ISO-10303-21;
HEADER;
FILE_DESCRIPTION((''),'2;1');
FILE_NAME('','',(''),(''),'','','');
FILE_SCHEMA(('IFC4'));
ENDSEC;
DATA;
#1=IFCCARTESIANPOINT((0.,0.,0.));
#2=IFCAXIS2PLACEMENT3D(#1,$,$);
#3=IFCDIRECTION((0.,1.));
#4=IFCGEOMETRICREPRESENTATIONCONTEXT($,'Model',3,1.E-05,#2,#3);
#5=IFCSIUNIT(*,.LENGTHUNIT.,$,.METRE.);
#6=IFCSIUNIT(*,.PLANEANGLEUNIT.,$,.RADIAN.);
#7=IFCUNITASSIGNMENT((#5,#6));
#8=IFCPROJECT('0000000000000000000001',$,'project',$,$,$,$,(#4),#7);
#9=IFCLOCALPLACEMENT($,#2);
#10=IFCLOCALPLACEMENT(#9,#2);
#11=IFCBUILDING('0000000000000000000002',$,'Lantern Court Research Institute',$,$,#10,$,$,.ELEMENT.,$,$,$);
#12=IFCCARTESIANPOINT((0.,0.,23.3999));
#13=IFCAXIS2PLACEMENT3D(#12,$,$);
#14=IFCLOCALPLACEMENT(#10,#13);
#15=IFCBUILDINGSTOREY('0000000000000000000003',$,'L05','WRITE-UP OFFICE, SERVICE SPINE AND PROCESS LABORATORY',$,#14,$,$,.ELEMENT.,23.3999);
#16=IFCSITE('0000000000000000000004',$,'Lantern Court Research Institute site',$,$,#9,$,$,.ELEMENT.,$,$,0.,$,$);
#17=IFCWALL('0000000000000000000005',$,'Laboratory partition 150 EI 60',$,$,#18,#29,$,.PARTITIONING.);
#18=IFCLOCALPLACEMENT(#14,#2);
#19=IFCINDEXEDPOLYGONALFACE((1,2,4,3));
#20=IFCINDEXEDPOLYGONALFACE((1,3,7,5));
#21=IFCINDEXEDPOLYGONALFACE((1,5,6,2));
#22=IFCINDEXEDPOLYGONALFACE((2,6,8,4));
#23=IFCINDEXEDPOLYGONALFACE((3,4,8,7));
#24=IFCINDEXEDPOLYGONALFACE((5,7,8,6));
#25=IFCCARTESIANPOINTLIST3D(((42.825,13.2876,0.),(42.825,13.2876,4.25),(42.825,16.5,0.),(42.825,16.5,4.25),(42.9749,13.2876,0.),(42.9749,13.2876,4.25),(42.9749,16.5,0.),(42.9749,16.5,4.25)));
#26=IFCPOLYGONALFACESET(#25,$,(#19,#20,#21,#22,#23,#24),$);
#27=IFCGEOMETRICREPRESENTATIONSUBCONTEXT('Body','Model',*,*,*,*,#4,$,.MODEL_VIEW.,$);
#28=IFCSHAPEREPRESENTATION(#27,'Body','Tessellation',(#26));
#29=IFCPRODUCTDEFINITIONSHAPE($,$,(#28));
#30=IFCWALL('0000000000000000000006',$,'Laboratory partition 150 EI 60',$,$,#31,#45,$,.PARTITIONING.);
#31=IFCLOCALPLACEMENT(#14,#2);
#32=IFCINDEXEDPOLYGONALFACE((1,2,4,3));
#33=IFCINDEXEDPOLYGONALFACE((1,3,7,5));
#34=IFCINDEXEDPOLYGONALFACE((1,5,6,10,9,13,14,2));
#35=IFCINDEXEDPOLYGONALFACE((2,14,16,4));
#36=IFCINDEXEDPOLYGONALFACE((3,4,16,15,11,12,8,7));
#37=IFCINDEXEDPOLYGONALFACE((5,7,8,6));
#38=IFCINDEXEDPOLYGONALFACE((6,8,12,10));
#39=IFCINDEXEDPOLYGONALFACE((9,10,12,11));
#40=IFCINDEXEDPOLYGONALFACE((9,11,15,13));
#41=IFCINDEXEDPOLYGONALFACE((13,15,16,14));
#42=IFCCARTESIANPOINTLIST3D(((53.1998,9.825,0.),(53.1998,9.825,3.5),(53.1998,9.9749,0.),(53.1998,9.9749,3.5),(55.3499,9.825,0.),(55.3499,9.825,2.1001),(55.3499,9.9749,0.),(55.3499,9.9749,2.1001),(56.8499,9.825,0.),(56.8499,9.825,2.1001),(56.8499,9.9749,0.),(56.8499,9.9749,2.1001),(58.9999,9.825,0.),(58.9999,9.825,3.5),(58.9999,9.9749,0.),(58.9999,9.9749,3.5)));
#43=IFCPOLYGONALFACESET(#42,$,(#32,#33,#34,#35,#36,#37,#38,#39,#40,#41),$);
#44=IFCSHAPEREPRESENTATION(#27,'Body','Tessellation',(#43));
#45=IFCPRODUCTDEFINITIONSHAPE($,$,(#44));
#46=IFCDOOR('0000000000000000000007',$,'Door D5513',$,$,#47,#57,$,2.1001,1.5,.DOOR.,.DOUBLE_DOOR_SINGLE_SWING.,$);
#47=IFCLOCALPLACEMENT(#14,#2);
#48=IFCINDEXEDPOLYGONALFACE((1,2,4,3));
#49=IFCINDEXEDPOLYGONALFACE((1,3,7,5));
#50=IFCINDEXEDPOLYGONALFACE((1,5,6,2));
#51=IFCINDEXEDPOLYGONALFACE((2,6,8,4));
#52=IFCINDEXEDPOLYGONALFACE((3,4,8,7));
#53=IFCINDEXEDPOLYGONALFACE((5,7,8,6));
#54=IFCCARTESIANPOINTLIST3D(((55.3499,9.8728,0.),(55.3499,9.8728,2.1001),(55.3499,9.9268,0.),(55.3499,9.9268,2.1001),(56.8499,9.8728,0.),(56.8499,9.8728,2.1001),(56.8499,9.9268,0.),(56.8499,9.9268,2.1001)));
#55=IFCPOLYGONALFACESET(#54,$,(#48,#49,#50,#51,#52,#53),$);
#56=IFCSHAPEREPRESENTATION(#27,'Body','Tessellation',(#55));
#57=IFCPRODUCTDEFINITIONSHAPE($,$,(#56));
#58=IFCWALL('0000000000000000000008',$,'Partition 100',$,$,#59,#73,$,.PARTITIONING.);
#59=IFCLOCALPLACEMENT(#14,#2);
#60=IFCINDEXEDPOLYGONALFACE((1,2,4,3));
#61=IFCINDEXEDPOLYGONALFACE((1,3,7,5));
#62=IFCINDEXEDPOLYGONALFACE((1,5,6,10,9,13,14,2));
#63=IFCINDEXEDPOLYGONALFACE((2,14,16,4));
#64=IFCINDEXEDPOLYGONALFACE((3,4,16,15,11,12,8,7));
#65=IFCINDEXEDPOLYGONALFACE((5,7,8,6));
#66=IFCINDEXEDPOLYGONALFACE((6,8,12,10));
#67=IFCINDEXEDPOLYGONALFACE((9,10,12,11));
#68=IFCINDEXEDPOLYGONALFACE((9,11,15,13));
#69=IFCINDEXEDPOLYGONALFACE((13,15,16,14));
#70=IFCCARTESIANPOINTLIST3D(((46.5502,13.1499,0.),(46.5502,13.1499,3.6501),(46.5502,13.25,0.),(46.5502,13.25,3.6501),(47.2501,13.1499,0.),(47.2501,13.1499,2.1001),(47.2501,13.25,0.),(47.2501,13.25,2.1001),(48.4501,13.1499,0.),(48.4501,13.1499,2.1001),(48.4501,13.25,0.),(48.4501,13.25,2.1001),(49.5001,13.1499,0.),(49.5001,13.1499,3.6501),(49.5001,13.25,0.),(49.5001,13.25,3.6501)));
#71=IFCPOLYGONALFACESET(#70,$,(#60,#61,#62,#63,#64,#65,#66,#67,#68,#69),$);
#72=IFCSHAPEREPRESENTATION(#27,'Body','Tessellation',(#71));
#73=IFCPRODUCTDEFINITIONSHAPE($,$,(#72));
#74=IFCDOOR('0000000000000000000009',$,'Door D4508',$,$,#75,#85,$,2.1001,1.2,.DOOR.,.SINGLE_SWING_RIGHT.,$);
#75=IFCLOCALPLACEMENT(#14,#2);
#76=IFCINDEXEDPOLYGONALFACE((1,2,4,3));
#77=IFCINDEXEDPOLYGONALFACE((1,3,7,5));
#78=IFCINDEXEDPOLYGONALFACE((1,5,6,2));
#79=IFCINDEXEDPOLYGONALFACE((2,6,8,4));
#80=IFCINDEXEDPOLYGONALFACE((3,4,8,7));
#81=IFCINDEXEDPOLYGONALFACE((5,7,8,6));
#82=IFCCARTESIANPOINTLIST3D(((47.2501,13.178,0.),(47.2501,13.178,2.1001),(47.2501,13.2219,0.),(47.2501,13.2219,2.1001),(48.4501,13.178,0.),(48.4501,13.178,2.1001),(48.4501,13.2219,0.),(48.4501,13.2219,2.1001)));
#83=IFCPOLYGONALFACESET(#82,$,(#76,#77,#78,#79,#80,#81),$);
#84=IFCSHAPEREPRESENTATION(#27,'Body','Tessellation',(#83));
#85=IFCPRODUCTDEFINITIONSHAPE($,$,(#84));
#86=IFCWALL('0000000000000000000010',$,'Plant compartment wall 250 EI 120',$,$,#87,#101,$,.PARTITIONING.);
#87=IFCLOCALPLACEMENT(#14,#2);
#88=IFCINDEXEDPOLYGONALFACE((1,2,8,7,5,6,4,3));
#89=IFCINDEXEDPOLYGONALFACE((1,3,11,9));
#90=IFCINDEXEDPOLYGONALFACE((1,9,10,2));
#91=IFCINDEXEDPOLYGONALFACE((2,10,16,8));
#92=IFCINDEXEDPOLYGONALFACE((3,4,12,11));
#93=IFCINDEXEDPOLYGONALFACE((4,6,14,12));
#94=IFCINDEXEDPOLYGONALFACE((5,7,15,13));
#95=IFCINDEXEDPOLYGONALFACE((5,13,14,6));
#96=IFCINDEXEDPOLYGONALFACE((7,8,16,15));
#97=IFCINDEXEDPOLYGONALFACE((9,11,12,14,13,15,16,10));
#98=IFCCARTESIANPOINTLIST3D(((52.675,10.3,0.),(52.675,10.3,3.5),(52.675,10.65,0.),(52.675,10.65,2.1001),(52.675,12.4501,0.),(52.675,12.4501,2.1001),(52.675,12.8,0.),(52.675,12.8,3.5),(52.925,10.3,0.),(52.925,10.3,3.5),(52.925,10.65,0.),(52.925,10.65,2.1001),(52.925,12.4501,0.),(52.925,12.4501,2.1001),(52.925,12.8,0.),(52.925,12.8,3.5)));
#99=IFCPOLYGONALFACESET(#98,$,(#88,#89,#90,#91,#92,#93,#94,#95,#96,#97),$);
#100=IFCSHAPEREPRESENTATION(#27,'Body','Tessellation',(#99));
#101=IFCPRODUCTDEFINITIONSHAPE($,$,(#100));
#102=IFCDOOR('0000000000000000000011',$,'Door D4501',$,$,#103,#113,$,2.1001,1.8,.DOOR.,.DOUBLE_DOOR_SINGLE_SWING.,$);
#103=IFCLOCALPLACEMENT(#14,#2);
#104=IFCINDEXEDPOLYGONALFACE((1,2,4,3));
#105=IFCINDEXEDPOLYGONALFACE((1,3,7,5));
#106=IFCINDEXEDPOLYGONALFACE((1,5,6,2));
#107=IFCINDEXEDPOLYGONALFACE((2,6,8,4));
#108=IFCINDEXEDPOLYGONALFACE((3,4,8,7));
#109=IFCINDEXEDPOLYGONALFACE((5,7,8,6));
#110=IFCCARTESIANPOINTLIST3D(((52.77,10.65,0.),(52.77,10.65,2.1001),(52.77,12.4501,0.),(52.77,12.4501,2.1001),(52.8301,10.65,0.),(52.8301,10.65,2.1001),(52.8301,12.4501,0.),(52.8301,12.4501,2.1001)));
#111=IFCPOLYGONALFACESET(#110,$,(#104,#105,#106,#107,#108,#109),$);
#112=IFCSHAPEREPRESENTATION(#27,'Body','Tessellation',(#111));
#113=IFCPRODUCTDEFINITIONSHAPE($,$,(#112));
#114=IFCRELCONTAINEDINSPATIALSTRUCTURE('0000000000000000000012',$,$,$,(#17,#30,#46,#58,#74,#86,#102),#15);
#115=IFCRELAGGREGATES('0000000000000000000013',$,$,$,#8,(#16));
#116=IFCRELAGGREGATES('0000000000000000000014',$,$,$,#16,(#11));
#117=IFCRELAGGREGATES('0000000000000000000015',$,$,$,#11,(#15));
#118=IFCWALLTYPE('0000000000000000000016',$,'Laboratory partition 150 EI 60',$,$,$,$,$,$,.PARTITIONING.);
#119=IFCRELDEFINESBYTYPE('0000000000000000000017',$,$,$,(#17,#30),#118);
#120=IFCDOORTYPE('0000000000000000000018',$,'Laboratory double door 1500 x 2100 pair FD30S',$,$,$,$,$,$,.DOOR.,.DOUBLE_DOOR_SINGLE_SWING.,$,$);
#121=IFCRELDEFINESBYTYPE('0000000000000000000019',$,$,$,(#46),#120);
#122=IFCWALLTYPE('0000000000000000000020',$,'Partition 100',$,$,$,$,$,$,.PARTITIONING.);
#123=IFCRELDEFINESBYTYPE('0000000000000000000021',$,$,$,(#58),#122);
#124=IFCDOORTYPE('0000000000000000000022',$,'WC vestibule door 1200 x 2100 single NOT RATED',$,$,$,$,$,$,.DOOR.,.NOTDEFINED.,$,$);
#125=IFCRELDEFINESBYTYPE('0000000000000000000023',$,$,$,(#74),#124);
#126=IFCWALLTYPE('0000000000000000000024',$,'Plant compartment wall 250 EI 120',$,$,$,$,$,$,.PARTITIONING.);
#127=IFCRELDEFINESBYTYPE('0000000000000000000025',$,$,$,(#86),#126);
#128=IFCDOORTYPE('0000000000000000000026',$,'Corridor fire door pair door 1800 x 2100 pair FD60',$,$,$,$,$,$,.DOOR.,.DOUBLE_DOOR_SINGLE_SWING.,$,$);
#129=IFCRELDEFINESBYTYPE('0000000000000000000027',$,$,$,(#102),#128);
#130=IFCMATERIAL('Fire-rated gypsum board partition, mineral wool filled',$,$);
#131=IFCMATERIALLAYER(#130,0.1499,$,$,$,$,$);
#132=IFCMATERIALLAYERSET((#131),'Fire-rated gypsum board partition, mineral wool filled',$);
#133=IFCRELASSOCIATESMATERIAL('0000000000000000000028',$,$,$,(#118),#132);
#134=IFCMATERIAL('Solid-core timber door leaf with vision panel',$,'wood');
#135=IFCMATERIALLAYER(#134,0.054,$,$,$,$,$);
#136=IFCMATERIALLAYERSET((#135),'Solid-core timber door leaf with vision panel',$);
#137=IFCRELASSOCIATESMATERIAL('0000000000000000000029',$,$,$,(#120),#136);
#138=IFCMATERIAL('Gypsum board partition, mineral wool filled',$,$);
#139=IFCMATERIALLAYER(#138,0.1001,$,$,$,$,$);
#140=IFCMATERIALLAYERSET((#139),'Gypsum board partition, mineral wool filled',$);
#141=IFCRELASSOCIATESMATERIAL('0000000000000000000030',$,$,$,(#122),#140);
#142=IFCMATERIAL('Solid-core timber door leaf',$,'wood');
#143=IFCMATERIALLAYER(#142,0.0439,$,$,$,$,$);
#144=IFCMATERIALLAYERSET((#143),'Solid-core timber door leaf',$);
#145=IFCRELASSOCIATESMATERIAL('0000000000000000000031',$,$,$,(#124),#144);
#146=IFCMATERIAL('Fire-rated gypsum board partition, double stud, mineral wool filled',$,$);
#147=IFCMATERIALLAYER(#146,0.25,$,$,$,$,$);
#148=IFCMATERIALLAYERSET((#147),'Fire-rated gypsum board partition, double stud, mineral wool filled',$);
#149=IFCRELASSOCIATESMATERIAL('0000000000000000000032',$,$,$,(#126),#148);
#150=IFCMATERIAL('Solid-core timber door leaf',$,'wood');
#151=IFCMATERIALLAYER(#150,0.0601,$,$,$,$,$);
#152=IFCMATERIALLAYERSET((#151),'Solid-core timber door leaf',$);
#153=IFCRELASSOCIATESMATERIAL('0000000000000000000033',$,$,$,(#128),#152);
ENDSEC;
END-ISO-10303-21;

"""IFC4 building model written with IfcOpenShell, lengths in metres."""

from ifc_helpers import new_model, si_unit, direction, frame, frame_2d, origin, place, context, subcontext, project, spatial, rectangle, extrude, material, layer, layer_set, type_object, element, fill, save


model = new_model("IFC4")

# Units and contexts
model_context = context("Model", 3, precision=1e-05, world=origin(), true_north=direction((0.0, 1.0)))
body_context = subcontext(model_context, "Body", "Model", "MODEL_VIEW")
ifc_project = project(units=[si_unit("LENGTHUNIT", "METRE"), si_unit("PLANEANGLEUNIT", "RADIAN")], contexts=[model_context])

# Site, building, storey
site_placement = place(None, origin())
site = spatial("IfcSite", under=ifc_project, at=site_placement, Name="Lantern Court Research Institute site", CompositionType="ELEMENT", RefElevation=0.0)
building_placement = place(site_placement, origin())
building = spatial("IfcBuilding", under=site, at=building_placement, Name="Lantern Court Research Institute", CompositionType="ELEMENT")
storey_placement = place(building_placement, frame((0.0, 0.0, 23.3999)))
storey = spatial("IfcBuildingStorey", under=building, at=storey_placement, Name="L05", Description="WRITE-UP OFFICE, SERVICE SPINE AND PROCESS LABORATORY", CompositionType="ELEMENT", Elevation=23.3999)

# Shared definitions
ifc_material_1 = material(Name="Fire-rated gypsum board partition, mineral wool filled")
ifc_layer_1 = layer(ifc_material_1, 0.1499)
ifc_layer_set_1 = layer_set([ifc_layer_1], Name="Fire-rated gypsum board partition, mineral wool filled")
wall_type_1 = type_object("IfcWallType", Name="Laboratory partition 150 EI 60", PredefinedType="PARTITIONING", material=ifc_layer_set_1)

# Wall
wall_1_placement = place(storey_placement, frame((42.8999, 13.2876, 0.0), z_axis=(0.0, 0.0, 1.0), x_axis=(0.0, 1.0, 0.0)))
element("IfcWall", 1, at=wall_1_placement, inside=storey, type_object=wall_type_1, Name="Laboratory partition 150 EI 60", PredefinedType="PARTITIONING", context=body_context, shape_type="SweptSolid", body=[
    extrude(rectangle(XDim=3.2124, YDim=0.1499, at=frame_2d((1.6062, 0.0))), origin(), (0.0, 0.0, 1.0), 4.25),
])

# Walls, openings, doors
wall_2_placement = place(storey_placement, frame((53.2, 9.8999, 0.0), z_axis=(0.0, 0.0, 1.0), x_axis=(1.0, 0.0, 0.0)))
wall_2 = element("IfcWall", 2, at=wall_2_placement, inside=storey, type_object=wall_type_1, Name="Laboratory partition 150 EI 60", PredefinedType="PARTITIONING", context=body_context, shape_type="SweptSolid", body=[
    extrude(rectangle(XDim=5.8, YDim=0.1499, at=frame_2d((2.8999, 0.0))), origin(), (0.0, 0.0, 1.0), 3.5),
])
opening_1_placement = place(wall_2_placement, frame((2.1499, 0.0, 0.0)))
opening_1 = element("IfcOpeningElement", 3, at=opening_1_placement, cuts=wall_2, PredefinedType="OPENING", context=body_context, shape_type="SweptSolid", body=[
    extrude(rectangle(XDim=1.5, YDim=2.1001, at=frame_2d((0.75, 1.05))), frame((0.0, 0.085, 0.0), z_axis=(0.0, -1.0, 0.0), x_axis=(1.0, 0.0, 0.0)), (0.0, 0.0, 1.0), 0.1699),
])
ifc_material_2 = material(Name="Solid-core timber door leaf with vision panel", Category="wood")
ifc_layer_2 = layer(ifc_material_2, 0.054)
ifc_layer_set_2 = layer_set([ifc_layer_2], Name="Solid-core timber door leaf with vision panel")
door_type_1 = type_object("IfcDoorType", Name="Laboratory double door 1500 x 2100 pair FD30S", OperationType="DOUBLE_DOOR_SINGLE_SWING", PredefinedType="DOOR", material=ifc_layer_set_2)
door_1_placement = place(opening_1_placement, origin())
door_1 = element("IfcDoor", 4, at=door_1_placement, inside=storey, type_object=door_type_1, Name="Door D5513", OperationType="DOUBLE_DOOR_SINGLE_SWING", OverallHeight=2.1001, OverallWidth=1.5, PredefinedType="DOOR", context=body_context, shape_type="SweptSolid", body=[
    extrude(rectangle(XDim=1.5, YDim=2.1001, at=frame_2d((0.75, 1.05))), frame((0.0, 0.0269, 0.0), z_axis=(0.0, -1.0, 0.0), x_axis=(1.0, 0.0, 0.0)), (0.0, 0.0, 1.0), 0.054),
])
fill(opening_1, door_1)
ifc_material_3 = material(Name="Gypsum board partition, mineral wool filled")
ifc_layer_3 = layer(ifc_material_3, 0.1001)
ifc_layer_set_3 = layer_set([ifc_layer_3], Name="Gypsum board partition, mineral wool filled")
wall_type_2 = type_object("IfcWallType", Name="Partition 100", PredefinedType="PARTITIONING", material=ifc_layer_set_3)
wall_3_placement = place(storey_placement, frame((46.55, 13.2, 0.0), z_axis=(0.0, 0.0, 1.0), x_axis=(1.0, 0.0, 0.0)))
wall_3 = element("IfcWall", 5, at=wall_3_placement, inside=storey, type_object=wall_type_2, Name="Partition 100", PredefinedType="PARTITIONING", context=body_context, shape_type="SweptSolid", body=[
    extrude(rectangle(XDim=2.95, YDim=0.1001, at=frame_2d((1.4751, 0.0))), origin(), (0.0, 0.0, 1.0), 3.6501),
])
opening_2_placement = place(wall_3_placement, frame((0.7, 0.0, 0.0)))
opening_2 = element("IfcOpeningElement", 6, at=opening_2_placement, cuts=wall_3, PredefinedType="OPENING", context=body_context, shape_type="SweptSolid", body=[
    extrude(rectangle(XDim=1.2, YDim=2.1001, at=frame_2d((0.6001, 1.05))), frame((0.0, 0.0601, 0.0), z_axis=(0.0, -1.0, 0.0), x_axis=(1.0, 0.0, 0.0)), (0.0, 0.0, 1.0), 0.1201),
])
ifc_material_4 = material(Name="Solid-core timber door leaf", Category="wood")
ifc_layer_4 = layer(ifc_material_4, 0.0439)
ifc_layer_set_4 = layer_set([ifc_layer_4], Name="Solid-core timber door leaf")
door_type_2 = type_object("IfcDoorType", Name="WC vestibule door 1200 x 2100 single NOT RATED", OperationType="NOTDEFINED", PredefinedType="DOOR", material=ifc_layer_set_4)
door_2_placement = place(opening_2_placement, origin())
door_2 = element("IfcDoor", 7, at=door_2_placement, inside=storey, type_object=door_type_2, Name="Door D4508", OperationType="SINGLE_SWING_RIGHT", OverallHeight=2.1001, OverallWidth=1.2, PredefinedType="DOOR", context=body_context, shape_type="SweptSolid", body=[
    extrude(rectangle(XDim=1.2, YDim=2.1001, at=frame_2d((0.6001, 1.05))), frame((0.0, 0.022, 0.0), z_axis=(0.0, -1.0, 0.0), x_axis=(1.0, 0.0, 0.0)), (0.0, 0.0, 1.0), 0.0439),
])
fill(opening_2, door_2)
ifc_material_5 = material(Name="Fire-rated gypsum board partition, double stud, mineral wool filled")
ifc_layer_5 = layer(ifc_material_5, 0.25)
ifc_layer_set_5 = layer_set([ifc_layer_5], Name="Fire-rated gypsum board partition, double stud, mineral wool filled")
wall_type_3 = type_object("IfcWallType", Name="Plant compartment wall 250 EI 120", PredefinedType="PARTITIONING", material=ifc_layer_set_5)
wall_4_placement = place(storey_placement, frame((52.8, 10.3, 0.0), z_axis=(0.0, 0.0, 1.0), x_axis=(0.0, 1.0, 0.0)))
wall_4 = element("IfcWall", 8, at=wall_4_placement, inside=storey, type_object=wall_type_3, Name="Plant compartment wall 250 EI 120", PredefinedType="PARTITIONING", context=body_context, shape_type="SweptSolid", body=[
    extrude(rectangle(XDim=2.5, YDim=0.25, at=frame_2d((1.25, 0.0))), origin(), (0.0, 0.0, 1.0), 3.5),
])
opening_3_placement = place(wall_4_placement, frame((0.3501, 0.0, 0.0)))
opening_3 = element("IfcOpeningElement", 9, at=opening_3_placement, cuts=wall_4, PredefinedType="OPENING", context=body_context, shape_type="SweptSolid", body=[
    extrude(rectangle(XDim=1.8, YDim=2.1001, at=frame_2d((0.8999, 1.05))), frame((0.0, 0.135, 0.0), z_axis=(0.0, -1.0, 0.0), x_axis=(1.0, 0.0, 0.0)), (0.0, 0.0, 1.0), 0.27),
])
ifc_material_6 = material(Name="Solid-core timber door leaf", Category="wood")
ifc_layer_6 = layer(ifc_material_6, 0.0601)
ifc_layer_set_6 = layer_set([ifc_layer_6], Name="Solid-core timber door leaf")
door_type_3 = type_object("IfcDoorType", Name="Corridor fire door pair door 1800 x 2100 pair FD60", OperationType="DOUBLE_DOOR_SINGLE_SWING", PredefinedType="DOOR", material=ifc_layer_set_6)
door_3_placement = place(opening_3_placement, origin())
door_3 = element("IfcDoor", 10, at=door_3_placement, inside=storey, type_object=door_type_3, Name="Door D4501", OperationType="DOUBLE_DOOR_SINGLE_SWING", OverallHeight=2.1001, OverallWidth=1.8, PredefinedType="DOOR", context=body_context, shape_type="SweptSolid", body=[
    extrude(rectangle(XDim=1.8, YDim=2.1001, at=frame_2d((0.8999, 1.05))), frame((0.0, 0.03, 0.0), z_axis=(0.0, -1.0, 0.0), x_axis=(1.0, 0.0, 0.0)), (0.0, 0.0, 1.0), 0.0601),
])
fill(opening_3, door_3)

save(model, "model.ifc")
